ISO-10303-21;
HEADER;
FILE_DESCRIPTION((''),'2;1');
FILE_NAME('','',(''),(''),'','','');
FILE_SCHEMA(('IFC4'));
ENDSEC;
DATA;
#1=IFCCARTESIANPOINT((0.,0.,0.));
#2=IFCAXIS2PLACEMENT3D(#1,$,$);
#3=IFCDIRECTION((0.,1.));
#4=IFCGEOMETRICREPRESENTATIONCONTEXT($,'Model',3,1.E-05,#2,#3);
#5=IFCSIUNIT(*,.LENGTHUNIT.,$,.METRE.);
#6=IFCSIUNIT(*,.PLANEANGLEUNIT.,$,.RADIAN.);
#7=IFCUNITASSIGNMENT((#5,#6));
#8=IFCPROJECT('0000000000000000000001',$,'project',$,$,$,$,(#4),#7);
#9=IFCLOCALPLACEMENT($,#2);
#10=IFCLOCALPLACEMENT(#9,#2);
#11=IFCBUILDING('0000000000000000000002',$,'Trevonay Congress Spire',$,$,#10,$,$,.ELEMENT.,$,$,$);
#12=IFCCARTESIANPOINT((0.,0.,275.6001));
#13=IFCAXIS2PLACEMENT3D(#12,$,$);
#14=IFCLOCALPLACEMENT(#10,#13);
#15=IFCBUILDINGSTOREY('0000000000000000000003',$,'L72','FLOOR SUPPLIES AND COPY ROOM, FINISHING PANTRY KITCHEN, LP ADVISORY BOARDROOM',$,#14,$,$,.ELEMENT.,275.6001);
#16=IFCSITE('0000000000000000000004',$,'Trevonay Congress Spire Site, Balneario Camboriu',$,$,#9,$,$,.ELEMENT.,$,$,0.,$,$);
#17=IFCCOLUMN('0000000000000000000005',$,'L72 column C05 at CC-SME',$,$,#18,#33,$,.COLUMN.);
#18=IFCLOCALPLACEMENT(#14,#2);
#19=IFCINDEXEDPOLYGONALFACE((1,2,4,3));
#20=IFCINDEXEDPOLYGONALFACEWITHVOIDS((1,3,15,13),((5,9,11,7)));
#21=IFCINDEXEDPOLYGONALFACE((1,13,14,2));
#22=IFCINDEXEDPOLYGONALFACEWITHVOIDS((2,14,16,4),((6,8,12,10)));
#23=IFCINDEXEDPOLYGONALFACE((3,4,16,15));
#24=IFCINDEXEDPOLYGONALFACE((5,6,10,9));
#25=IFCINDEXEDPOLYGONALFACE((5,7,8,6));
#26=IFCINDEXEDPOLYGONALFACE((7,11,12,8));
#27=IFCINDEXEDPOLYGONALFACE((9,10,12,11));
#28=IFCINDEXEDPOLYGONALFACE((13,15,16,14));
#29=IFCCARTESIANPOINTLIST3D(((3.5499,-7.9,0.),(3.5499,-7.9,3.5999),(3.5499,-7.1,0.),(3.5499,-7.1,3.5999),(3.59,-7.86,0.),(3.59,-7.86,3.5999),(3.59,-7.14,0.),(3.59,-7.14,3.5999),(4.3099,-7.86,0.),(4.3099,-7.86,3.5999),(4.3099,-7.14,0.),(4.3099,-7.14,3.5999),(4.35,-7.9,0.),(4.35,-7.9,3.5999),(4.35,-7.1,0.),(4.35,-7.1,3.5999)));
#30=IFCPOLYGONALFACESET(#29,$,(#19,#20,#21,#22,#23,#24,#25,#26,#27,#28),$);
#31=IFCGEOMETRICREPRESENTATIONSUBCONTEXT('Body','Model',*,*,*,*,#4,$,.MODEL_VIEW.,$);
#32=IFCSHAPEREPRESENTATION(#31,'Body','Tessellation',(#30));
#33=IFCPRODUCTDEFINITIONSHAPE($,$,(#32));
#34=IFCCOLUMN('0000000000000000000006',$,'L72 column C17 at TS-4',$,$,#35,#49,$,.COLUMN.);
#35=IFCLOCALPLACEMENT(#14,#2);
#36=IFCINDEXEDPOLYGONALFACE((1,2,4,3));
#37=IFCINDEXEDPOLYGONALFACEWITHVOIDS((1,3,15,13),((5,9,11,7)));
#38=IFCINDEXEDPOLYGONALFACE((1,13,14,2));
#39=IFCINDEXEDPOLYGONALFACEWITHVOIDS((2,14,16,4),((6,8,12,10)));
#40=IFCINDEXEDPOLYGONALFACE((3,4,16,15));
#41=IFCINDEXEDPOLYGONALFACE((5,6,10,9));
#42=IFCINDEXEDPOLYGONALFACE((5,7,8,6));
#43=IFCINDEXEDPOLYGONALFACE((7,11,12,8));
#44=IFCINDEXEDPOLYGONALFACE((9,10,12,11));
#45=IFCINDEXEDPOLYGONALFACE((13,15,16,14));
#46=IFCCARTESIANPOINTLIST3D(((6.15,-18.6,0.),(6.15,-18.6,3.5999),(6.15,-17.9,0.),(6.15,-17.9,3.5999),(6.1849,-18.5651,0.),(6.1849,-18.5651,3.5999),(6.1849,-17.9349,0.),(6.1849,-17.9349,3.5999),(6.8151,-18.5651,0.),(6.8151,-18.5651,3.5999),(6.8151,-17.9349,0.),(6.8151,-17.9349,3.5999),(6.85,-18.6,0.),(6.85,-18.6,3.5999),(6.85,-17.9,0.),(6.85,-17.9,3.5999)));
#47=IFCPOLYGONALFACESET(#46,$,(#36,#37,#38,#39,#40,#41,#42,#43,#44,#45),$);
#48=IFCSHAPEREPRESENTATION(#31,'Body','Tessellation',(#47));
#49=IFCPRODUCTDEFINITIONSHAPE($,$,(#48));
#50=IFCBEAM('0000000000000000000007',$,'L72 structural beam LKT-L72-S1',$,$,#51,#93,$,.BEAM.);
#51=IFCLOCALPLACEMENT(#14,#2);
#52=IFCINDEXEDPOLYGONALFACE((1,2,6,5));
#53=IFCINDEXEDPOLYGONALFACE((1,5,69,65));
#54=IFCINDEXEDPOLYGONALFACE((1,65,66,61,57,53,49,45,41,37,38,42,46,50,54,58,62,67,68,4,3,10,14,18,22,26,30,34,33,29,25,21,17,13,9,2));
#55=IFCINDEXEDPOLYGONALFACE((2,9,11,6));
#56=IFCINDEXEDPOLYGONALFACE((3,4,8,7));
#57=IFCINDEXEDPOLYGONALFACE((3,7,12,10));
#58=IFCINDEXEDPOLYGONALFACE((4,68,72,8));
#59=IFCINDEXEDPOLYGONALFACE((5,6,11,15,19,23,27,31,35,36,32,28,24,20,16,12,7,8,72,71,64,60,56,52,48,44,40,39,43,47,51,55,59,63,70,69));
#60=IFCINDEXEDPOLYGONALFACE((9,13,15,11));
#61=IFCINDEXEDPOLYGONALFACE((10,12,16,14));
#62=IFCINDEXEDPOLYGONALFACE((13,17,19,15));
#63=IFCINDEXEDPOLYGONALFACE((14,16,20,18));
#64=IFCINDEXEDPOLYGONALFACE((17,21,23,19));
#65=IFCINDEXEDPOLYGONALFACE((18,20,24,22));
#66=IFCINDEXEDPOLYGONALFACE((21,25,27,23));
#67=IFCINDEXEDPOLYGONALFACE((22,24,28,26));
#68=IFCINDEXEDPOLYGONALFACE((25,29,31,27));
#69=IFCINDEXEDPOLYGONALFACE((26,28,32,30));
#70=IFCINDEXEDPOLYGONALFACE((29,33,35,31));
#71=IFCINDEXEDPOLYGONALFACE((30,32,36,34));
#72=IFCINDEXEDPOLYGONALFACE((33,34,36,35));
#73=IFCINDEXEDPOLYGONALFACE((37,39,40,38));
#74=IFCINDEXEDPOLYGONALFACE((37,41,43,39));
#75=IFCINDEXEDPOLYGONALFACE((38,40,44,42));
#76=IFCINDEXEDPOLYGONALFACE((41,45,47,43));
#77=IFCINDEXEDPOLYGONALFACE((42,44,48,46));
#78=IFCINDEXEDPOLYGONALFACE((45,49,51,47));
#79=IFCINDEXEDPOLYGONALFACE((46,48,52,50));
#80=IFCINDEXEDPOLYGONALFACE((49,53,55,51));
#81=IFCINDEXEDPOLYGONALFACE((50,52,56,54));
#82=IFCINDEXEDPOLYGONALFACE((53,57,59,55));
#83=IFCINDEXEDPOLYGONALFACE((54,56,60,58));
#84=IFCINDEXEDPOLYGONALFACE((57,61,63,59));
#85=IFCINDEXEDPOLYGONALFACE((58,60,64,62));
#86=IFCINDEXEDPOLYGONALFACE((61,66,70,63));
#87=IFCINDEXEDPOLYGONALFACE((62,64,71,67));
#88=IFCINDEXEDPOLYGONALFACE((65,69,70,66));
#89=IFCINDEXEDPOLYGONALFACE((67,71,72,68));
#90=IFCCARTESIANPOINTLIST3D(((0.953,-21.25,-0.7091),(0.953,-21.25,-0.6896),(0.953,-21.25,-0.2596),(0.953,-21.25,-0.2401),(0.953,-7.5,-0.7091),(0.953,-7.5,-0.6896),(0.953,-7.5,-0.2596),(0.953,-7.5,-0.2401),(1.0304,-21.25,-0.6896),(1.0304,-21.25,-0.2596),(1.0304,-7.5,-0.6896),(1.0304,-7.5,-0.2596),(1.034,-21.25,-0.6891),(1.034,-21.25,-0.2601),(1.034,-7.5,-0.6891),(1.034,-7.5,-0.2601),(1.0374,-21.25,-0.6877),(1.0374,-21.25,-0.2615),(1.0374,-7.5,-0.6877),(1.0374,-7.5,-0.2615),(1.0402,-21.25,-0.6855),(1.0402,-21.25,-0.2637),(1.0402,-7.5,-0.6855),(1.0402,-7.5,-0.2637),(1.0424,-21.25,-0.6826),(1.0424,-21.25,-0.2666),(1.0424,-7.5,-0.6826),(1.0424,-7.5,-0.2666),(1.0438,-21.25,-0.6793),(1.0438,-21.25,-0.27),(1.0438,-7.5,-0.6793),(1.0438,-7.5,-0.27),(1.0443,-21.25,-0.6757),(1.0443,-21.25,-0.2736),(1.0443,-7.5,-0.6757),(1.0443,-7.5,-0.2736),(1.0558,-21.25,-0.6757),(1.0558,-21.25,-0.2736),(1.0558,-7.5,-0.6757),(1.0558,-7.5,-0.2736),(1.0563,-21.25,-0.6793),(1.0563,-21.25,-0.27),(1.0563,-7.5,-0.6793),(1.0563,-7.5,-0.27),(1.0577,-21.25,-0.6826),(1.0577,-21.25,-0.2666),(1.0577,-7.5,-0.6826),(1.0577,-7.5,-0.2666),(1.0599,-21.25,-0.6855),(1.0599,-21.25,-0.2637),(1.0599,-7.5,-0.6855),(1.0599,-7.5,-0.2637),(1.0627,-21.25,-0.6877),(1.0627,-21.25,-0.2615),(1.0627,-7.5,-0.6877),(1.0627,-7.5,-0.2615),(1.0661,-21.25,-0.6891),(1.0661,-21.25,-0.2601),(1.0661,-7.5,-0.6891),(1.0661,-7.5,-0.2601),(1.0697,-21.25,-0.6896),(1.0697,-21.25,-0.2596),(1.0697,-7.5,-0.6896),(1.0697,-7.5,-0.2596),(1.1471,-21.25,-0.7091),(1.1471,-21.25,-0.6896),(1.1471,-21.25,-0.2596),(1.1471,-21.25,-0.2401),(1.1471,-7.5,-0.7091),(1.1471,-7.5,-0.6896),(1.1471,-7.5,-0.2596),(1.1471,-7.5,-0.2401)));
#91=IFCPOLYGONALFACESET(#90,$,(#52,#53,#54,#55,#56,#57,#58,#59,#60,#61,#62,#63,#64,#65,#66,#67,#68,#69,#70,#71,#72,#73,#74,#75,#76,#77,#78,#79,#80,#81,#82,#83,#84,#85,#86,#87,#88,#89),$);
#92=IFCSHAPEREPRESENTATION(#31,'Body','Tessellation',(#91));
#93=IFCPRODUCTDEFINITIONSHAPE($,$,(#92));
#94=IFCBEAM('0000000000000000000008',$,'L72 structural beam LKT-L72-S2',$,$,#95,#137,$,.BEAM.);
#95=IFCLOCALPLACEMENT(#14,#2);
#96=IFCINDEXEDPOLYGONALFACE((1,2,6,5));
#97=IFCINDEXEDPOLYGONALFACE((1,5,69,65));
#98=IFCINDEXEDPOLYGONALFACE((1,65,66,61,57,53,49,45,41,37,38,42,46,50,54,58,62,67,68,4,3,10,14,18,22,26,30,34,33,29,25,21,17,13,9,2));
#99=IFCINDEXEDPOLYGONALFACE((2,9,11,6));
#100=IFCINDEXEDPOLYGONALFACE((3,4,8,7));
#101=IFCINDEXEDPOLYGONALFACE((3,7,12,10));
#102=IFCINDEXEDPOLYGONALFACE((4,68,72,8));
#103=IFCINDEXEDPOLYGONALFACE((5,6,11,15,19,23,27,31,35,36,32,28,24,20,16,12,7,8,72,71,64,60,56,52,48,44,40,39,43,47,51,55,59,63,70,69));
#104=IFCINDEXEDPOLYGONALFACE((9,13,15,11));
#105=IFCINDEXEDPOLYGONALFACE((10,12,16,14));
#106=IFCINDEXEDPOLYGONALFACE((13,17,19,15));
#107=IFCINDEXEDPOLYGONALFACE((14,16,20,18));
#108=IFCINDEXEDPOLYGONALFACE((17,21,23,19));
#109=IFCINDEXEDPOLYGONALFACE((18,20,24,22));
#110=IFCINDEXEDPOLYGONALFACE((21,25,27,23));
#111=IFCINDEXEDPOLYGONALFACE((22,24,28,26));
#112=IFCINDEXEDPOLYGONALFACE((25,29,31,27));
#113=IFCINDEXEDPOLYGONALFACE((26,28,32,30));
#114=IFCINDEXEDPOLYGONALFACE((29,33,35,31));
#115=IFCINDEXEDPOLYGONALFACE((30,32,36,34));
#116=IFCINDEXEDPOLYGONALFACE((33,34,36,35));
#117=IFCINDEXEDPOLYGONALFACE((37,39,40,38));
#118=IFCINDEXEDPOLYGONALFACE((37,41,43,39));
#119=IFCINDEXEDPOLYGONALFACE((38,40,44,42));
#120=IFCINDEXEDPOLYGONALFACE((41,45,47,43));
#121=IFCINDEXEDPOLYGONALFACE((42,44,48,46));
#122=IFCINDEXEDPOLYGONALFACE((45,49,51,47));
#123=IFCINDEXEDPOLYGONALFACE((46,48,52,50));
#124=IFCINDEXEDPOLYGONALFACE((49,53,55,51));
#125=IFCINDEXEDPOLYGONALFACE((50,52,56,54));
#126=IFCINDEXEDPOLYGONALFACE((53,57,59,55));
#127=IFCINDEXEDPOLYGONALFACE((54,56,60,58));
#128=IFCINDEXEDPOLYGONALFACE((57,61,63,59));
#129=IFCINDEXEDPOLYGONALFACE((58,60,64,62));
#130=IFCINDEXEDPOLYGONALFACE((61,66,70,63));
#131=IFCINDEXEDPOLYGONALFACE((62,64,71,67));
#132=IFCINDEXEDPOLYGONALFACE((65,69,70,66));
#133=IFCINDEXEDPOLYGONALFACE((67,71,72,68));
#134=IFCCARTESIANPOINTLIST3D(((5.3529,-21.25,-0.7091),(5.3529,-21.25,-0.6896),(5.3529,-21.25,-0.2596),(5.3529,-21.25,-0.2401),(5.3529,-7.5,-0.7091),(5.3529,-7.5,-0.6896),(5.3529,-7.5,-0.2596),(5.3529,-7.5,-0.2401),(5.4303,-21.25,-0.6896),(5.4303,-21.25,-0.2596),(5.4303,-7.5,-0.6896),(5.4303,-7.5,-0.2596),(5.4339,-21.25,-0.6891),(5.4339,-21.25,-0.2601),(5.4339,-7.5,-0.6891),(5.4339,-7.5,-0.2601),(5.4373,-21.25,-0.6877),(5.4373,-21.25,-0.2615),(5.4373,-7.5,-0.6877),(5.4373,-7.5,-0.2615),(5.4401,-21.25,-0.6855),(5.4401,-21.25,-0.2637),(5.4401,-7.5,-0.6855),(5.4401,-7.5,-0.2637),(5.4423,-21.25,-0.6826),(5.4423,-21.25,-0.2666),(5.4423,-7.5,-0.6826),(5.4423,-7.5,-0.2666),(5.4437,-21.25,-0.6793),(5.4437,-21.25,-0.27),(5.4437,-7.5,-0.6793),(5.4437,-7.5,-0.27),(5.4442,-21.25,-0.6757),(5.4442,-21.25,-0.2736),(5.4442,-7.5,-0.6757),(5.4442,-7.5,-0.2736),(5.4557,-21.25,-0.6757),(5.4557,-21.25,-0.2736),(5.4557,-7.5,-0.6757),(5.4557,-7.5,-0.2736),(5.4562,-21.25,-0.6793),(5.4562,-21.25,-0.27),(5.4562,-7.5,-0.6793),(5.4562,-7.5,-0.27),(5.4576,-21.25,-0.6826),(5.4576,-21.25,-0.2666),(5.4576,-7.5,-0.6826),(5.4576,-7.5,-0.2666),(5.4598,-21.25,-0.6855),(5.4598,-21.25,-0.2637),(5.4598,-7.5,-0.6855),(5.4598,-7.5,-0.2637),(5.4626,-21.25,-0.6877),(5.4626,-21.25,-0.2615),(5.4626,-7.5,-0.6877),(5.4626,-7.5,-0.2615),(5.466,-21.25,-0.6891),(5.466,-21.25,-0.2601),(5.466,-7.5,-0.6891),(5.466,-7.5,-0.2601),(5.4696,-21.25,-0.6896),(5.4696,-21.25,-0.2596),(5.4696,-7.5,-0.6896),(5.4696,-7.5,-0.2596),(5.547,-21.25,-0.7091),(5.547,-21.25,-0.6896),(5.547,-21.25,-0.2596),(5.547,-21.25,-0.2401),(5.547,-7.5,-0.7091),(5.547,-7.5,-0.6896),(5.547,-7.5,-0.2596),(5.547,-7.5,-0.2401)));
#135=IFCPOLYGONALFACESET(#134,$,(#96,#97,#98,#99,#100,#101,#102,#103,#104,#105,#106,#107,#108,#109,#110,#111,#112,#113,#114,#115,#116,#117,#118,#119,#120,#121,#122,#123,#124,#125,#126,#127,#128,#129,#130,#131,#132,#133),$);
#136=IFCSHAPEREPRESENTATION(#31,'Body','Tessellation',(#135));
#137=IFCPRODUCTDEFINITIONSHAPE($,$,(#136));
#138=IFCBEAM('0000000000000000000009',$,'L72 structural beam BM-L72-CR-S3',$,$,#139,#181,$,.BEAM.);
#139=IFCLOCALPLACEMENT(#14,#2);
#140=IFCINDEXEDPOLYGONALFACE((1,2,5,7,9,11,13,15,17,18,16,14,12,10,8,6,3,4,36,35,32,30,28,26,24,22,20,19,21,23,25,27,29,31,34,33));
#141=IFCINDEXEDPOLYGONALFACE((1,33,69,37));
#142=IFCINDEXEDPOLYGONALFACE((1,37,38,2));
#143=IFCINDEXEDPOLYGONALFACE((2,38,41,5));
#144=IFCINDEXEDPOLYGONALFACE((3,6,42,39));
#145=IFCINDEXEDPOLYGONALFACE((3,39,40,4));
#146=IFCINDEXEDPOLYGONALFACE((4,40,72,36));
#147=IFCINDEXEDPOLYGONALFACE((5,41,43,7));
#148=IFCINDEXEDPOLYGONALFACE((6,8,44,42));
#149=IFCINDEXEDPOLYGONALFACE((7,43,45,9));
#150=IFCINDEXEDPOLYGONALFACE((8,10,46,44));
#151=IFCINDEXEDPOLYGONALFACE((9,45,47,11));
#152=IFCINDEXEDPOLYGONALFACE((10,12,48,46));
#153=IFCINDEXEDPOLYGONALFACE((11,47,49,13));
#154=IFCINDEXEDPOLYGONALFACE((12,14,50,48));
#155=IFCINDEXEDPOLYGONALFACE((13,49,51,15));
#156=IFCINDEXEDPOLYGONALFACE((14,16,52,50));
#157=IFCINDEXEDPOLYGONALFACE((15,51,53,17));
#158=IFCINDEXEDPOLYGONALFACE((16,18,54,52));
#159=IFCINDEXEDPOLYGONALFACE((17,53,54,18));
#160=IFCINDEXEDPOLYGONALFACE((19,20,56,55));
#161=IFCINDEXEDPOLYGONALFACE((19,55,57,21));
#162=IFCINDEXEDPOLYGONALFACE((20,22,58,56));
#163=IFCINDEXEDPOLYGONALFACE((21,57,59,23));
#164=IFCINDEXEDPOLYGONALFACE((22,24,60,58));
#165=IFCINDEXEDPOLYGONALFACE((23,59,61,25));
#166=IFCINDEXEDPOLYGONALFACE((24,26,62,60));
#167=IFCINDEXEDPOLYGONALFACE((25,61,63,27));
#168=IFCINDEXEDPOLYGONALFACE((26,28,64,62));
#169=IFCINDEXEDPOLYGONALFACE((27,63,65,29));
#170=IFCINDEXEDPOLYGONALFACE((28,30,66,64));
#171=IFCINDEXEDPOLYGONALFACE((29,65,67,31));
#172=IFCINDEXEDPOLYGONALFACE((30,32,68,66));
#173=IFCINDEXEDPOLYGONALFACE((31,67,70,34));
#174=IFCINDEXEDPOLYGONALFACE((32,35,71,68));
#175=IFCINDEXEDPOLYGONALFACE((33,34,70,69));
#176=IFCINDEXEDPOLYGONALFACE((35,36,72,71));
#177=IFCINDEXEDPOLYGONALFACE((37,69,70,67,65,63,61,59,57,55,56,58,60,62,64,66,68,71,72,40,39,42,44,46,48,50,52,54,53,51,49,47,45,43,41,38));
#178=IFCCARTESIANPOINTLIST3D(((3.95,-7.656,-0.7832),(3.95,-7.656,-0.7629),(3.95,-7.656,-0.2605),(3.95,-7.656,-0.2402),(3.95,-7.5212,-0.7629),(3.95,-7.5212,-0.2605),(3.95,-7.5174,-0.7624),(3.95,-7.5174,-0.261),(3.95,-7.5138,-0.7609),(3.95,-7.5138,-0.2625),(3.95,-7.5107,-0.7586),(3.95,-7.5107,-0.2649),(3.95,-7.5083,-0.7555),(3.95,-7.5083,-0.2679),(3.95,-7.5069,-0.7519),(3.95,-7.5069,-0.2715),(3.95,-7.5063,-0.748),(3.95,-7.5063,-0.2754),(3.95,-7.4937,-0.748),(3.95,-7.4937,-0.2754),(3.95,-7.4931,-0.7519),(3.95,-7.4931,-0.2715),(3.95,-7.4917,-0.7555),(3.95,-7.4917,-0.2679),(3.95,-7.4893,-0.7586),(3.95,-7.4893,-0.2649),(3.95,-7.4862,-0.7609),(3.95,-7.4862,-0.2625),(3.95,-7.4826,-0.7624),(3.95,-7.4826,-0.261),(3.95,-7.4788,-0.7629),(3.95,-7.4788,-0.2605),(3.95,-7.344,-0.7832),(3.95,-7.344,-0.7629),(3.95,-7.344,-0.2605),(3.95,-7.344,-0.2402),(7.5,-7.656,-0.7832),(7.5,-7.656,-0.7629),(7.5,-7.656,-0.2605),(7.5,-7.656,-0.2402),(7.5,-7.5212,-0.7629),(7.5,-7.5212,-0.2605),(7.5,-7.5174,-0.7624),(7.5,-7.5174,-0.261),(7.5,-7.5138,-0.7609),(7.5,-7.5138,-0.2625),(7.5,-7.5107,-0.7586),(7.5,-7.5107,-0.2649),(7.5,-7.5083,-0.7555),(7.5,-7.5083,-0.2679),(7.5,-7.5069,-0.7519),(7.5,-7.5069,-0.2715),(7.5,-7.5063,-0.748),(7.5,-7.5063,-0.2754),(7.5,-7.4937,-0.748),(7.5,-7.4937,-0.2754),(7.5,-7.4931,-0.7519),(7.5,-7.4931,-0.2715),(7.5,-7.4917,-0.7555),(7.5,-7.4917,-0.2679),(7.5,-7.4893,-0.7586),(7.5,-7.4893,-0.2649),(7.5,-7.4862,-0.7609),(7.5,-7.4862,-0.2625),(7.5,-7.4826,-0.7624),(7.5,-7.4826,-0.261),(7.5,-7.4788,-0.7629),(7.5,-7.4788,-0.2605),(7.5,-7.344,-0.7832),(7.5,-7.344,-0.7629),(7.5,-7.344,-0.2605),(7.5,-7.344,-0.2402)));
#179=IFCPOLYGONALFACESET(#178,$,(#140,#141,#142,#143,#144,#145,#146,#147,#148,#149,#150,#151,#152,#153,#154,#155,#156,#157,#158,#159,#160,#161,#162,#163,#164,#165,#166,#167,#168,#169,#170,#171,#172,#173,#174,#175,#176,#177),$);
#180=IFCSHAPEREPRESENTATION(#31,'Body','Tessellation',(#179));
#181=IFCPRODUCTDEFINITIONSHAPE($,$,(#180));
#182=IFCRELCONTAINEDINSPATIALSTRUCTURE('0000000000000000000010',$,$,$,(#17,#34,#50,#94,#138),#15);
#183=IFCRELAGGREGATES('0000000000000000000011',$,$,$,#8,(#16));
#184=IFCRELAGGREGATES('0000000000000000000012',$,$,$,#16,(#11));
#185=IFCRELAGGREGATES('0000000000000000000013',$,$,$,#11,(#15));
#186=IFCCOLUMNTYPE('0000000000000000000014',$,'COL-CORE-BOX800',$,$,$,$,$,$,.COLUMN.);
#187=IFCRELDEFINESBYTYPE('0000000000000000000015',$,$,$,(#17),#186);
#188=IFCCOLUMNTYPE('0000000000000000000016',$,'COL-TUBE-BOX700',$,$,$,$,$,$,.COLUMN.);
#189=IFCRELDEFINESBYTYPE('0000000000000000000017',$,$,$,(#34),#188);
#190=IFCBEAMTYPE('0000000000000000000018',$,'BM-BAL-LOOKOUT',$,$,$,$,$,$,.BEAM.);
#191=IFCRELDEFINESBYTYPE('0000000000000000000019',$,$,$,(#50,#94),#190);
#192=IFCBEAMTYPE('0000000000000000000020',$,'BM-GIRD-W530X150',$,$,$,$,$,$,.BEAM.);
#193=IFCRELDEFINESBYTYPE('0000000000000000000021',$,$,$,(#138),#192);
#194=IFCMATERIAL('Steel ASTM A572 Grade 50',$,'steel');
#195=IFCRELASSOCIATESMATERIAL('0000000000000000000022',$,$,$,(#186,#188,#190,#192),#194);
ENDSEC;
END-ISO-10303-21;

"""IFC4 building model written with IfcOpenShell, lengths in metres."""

from ifc_helpers import new_model, si_unit, direction, frame, origin, origin_2d, place, context, subcontext, project, spatial, hollow_rectangle, i_section, extrude, material, material_profile, profile_set, type_object, element, save


model = new_model("IFC4")

# Units and contexts
model_context = context("Model", 3, precision=1e-05, world=origin(), true_north=direction((0.0, 1.0)))
body_context = subcontext(model_context, "Body", "Model", "MODEL_VIEW")
ifc_project = project(units=[si_unit("LENGTHUNIT", "METRE"), si_unit("PLANEANGLEUNIT", "RADIAN")], contexts=[model_context])

# Site, building, storey
site_placement = place(None, origin())
site = spatial("IfcSite", under=ifc_project, at=site_placement, Name="Trevonay Congress Spire Site, Balneario Camboriu", CompositionType="ELEMENT", RefElevation=0.0)
building_placement = place(site_placement, origin())
building = spatial("IfcBuilding", under=site, at=building_placement, Name="Trevonay Congress Spire", CompositionType="ELEMENT")
storey_placement = place(building_placement, frame((0.0, 0.0, 275.6001)))
storey = spatial("IfcBuildingStorey", under=building, at=storey_placement, Name="L72", Description="FLOOR SUPPLIES AND COPY ROOM, FINISHING PANTRY KITCHEN, LP ADVISORY BOARDROOM", CompositionType="ELEMENT", Elevation=275.6001)

# Columns
ifc_material_1 = material(Name="Steel ASTM A572 Grade 50", Category="steel")
ifc_material_profile_1 = material_profile(ifc_material_1, hollow_rectangle(XDim=0.8, YDim=0.8, WallThickness=0.04, at=origin_2d()), Name="BOX 800x800x40")
ifc_profile_set_1 = profile_set([ifc_material_profile_1], Name="Steel ASTM A572 Grade 50")
column_type_1 = type_object("IfcColumnType", Name="COL-CORE-BOX800", PredefinedType="COLUMN", material=ifc_profile_set_1)
column_1_placement = place(storey_placement, frame((3.95, -7.5, 0.0), z_axis=(0.0, 0.0, 1.0), x_axis=(1.0, 0.0, 0.0)))
element("IfcColumn", 1, at=column_1_placement, inside=storey, type_object=column_type_1, Name="L72 column C05 at CC-SME", PredefinedType="COLUMN", context=body_context, shape_type="SweptSolid", body=[
    extrude(hollow_rectangle(XDim=0.8, YDim=0.8, WallThickness=0.04, at=origin_2d()), origin(), (0.0, 0.0, 1.0), 3.5999),
])
ifc_material_profile_2 = material_profile(ifc_material_1, hollow_rectangle(XDim=0.7, YDim=0.7, WallThickness=0.0349, at=origin_2d()), Name="BOX 700x700x35")
ifc_profile_set_2 = profile_set([ifc_material_profile_2], Name="Steel ASTM A572 Grade 50")
column_type_2 = type_object("IfcColumnType", Name="COL-TUBE-BOX700", PredefinedType="COLUMN", material=ifc_profile_set_2)
column_2_placement = place(storey_placement, frame((6.5, -18.25, 0.0), z_axis=(0.0, 0.0, 1.0), x_axis=(1.0, 0.0, 0.0)))
element("IfcColumn", 2, at=column_2_placement, inside=storey, type_object=column_type_2, Name="L72 column C17 at TS-4", PredefinedType="COLUMN", context=body_context, shape_type="SweptSolid", body=[
    extrude(hollow_rectangle(XDim=0.7, YDim=0.7, WallThickness=0.0349, at=origin_2d()), origin(), (0.0, 0.0, 1.0), 3.5999),
])

# Beams
ifc_material_profile_3 = material_profile(ifc_material_1, i_section(OverallWidth=0.1941, OverallDepth=0.469, WebThickness=0.0115, FlangeThickness=0.0195, FilletRadius=0.0139, at=origin_2d()), Name="W460x106")
ifc_profile_set_3 = profile_set([ifc_material_profile_3], Name="Steel ASTM A572 Grade 50")
beam_type_1 = type_object("IfcBeamType", Name="BM-BAL-LOOKOUT", PredefinedType="BEAM", material=ifc_profile_set_3)
for number, where, z_axis, x_axis, name in (
    (3, (1.05, -7.5, -0.4746), (0.0, -1.0, 0.0), (1.0, 0.0, 0.0), "L72 structural beam LKT-L72-S1"),
    (4, (5.45, -7.5, -0.4746), (0.0, -1.0, 0.0), (1.0, 0.0, 0.0), "L72 structural beam LKT-L72-S2"),
):
    element("IfcBeam", number, at=place(storey_placement, frame(where, z_axis=z_axis, x_axis=x_axis)), inside=storey, type_object=beam_type_1, Name=name, PredefinedType="BEAM", context=body_context, shape_type="SweptSolid", body=[
        extrude(i_section(OverallWidth=0.1941, OverallDepth=0.469, WebThickness=0.0115, FlangeThickness=0.0195, FilletRadius=0.0139, at=origin_2d()), origin(), (0.0, 0.0, 1.0), 13.75),
    ])
ifc_material_profile_4 = material_profile(ifc_material_1, i_section(OverallWidth=0.312, OverallDepth=0.543, WebThickness=0.0127, FlangeThickness=0.0203, FilletRadius=0.0149, at=origin_2d()), Name="W530x150")
ifc_profile_set_4 = profile_set([ifc_material_profile_4], Name="Steel ASTM A572 Grade 50")
beam_type_2 = type_object("IfcBeamType", Name="BM-GIRD-W530X150", PredefinedType="BEAM", material=ifc_profile_set_4)
beam_1_placement = place(storey_placement, frame((3.95, -7.5, -0.5117), z_axis=(1.0, 0.0, 0.0), x_axis=(0.0, 1.0, 0.0)))
element("IfcBeam", 5, at=beam_1_placement, inside=storey, type_object=beam_type_2, Name="L72 structural beam BM-L72-CR-S3", PredefinedType="BEAM", context=body_context, shape_type="SweptSolid", body=[
    extrude(i_section(OverallWidth=0.312, OverallDepth=0.543, WebThickness=0.0127, FlangeThickness=0.0203, FilletRadius=0.0149, at=origin_2d()), origin(), (0.0, 0.0, 1.0), 3.55),
])

save(model, "model.ifc")
